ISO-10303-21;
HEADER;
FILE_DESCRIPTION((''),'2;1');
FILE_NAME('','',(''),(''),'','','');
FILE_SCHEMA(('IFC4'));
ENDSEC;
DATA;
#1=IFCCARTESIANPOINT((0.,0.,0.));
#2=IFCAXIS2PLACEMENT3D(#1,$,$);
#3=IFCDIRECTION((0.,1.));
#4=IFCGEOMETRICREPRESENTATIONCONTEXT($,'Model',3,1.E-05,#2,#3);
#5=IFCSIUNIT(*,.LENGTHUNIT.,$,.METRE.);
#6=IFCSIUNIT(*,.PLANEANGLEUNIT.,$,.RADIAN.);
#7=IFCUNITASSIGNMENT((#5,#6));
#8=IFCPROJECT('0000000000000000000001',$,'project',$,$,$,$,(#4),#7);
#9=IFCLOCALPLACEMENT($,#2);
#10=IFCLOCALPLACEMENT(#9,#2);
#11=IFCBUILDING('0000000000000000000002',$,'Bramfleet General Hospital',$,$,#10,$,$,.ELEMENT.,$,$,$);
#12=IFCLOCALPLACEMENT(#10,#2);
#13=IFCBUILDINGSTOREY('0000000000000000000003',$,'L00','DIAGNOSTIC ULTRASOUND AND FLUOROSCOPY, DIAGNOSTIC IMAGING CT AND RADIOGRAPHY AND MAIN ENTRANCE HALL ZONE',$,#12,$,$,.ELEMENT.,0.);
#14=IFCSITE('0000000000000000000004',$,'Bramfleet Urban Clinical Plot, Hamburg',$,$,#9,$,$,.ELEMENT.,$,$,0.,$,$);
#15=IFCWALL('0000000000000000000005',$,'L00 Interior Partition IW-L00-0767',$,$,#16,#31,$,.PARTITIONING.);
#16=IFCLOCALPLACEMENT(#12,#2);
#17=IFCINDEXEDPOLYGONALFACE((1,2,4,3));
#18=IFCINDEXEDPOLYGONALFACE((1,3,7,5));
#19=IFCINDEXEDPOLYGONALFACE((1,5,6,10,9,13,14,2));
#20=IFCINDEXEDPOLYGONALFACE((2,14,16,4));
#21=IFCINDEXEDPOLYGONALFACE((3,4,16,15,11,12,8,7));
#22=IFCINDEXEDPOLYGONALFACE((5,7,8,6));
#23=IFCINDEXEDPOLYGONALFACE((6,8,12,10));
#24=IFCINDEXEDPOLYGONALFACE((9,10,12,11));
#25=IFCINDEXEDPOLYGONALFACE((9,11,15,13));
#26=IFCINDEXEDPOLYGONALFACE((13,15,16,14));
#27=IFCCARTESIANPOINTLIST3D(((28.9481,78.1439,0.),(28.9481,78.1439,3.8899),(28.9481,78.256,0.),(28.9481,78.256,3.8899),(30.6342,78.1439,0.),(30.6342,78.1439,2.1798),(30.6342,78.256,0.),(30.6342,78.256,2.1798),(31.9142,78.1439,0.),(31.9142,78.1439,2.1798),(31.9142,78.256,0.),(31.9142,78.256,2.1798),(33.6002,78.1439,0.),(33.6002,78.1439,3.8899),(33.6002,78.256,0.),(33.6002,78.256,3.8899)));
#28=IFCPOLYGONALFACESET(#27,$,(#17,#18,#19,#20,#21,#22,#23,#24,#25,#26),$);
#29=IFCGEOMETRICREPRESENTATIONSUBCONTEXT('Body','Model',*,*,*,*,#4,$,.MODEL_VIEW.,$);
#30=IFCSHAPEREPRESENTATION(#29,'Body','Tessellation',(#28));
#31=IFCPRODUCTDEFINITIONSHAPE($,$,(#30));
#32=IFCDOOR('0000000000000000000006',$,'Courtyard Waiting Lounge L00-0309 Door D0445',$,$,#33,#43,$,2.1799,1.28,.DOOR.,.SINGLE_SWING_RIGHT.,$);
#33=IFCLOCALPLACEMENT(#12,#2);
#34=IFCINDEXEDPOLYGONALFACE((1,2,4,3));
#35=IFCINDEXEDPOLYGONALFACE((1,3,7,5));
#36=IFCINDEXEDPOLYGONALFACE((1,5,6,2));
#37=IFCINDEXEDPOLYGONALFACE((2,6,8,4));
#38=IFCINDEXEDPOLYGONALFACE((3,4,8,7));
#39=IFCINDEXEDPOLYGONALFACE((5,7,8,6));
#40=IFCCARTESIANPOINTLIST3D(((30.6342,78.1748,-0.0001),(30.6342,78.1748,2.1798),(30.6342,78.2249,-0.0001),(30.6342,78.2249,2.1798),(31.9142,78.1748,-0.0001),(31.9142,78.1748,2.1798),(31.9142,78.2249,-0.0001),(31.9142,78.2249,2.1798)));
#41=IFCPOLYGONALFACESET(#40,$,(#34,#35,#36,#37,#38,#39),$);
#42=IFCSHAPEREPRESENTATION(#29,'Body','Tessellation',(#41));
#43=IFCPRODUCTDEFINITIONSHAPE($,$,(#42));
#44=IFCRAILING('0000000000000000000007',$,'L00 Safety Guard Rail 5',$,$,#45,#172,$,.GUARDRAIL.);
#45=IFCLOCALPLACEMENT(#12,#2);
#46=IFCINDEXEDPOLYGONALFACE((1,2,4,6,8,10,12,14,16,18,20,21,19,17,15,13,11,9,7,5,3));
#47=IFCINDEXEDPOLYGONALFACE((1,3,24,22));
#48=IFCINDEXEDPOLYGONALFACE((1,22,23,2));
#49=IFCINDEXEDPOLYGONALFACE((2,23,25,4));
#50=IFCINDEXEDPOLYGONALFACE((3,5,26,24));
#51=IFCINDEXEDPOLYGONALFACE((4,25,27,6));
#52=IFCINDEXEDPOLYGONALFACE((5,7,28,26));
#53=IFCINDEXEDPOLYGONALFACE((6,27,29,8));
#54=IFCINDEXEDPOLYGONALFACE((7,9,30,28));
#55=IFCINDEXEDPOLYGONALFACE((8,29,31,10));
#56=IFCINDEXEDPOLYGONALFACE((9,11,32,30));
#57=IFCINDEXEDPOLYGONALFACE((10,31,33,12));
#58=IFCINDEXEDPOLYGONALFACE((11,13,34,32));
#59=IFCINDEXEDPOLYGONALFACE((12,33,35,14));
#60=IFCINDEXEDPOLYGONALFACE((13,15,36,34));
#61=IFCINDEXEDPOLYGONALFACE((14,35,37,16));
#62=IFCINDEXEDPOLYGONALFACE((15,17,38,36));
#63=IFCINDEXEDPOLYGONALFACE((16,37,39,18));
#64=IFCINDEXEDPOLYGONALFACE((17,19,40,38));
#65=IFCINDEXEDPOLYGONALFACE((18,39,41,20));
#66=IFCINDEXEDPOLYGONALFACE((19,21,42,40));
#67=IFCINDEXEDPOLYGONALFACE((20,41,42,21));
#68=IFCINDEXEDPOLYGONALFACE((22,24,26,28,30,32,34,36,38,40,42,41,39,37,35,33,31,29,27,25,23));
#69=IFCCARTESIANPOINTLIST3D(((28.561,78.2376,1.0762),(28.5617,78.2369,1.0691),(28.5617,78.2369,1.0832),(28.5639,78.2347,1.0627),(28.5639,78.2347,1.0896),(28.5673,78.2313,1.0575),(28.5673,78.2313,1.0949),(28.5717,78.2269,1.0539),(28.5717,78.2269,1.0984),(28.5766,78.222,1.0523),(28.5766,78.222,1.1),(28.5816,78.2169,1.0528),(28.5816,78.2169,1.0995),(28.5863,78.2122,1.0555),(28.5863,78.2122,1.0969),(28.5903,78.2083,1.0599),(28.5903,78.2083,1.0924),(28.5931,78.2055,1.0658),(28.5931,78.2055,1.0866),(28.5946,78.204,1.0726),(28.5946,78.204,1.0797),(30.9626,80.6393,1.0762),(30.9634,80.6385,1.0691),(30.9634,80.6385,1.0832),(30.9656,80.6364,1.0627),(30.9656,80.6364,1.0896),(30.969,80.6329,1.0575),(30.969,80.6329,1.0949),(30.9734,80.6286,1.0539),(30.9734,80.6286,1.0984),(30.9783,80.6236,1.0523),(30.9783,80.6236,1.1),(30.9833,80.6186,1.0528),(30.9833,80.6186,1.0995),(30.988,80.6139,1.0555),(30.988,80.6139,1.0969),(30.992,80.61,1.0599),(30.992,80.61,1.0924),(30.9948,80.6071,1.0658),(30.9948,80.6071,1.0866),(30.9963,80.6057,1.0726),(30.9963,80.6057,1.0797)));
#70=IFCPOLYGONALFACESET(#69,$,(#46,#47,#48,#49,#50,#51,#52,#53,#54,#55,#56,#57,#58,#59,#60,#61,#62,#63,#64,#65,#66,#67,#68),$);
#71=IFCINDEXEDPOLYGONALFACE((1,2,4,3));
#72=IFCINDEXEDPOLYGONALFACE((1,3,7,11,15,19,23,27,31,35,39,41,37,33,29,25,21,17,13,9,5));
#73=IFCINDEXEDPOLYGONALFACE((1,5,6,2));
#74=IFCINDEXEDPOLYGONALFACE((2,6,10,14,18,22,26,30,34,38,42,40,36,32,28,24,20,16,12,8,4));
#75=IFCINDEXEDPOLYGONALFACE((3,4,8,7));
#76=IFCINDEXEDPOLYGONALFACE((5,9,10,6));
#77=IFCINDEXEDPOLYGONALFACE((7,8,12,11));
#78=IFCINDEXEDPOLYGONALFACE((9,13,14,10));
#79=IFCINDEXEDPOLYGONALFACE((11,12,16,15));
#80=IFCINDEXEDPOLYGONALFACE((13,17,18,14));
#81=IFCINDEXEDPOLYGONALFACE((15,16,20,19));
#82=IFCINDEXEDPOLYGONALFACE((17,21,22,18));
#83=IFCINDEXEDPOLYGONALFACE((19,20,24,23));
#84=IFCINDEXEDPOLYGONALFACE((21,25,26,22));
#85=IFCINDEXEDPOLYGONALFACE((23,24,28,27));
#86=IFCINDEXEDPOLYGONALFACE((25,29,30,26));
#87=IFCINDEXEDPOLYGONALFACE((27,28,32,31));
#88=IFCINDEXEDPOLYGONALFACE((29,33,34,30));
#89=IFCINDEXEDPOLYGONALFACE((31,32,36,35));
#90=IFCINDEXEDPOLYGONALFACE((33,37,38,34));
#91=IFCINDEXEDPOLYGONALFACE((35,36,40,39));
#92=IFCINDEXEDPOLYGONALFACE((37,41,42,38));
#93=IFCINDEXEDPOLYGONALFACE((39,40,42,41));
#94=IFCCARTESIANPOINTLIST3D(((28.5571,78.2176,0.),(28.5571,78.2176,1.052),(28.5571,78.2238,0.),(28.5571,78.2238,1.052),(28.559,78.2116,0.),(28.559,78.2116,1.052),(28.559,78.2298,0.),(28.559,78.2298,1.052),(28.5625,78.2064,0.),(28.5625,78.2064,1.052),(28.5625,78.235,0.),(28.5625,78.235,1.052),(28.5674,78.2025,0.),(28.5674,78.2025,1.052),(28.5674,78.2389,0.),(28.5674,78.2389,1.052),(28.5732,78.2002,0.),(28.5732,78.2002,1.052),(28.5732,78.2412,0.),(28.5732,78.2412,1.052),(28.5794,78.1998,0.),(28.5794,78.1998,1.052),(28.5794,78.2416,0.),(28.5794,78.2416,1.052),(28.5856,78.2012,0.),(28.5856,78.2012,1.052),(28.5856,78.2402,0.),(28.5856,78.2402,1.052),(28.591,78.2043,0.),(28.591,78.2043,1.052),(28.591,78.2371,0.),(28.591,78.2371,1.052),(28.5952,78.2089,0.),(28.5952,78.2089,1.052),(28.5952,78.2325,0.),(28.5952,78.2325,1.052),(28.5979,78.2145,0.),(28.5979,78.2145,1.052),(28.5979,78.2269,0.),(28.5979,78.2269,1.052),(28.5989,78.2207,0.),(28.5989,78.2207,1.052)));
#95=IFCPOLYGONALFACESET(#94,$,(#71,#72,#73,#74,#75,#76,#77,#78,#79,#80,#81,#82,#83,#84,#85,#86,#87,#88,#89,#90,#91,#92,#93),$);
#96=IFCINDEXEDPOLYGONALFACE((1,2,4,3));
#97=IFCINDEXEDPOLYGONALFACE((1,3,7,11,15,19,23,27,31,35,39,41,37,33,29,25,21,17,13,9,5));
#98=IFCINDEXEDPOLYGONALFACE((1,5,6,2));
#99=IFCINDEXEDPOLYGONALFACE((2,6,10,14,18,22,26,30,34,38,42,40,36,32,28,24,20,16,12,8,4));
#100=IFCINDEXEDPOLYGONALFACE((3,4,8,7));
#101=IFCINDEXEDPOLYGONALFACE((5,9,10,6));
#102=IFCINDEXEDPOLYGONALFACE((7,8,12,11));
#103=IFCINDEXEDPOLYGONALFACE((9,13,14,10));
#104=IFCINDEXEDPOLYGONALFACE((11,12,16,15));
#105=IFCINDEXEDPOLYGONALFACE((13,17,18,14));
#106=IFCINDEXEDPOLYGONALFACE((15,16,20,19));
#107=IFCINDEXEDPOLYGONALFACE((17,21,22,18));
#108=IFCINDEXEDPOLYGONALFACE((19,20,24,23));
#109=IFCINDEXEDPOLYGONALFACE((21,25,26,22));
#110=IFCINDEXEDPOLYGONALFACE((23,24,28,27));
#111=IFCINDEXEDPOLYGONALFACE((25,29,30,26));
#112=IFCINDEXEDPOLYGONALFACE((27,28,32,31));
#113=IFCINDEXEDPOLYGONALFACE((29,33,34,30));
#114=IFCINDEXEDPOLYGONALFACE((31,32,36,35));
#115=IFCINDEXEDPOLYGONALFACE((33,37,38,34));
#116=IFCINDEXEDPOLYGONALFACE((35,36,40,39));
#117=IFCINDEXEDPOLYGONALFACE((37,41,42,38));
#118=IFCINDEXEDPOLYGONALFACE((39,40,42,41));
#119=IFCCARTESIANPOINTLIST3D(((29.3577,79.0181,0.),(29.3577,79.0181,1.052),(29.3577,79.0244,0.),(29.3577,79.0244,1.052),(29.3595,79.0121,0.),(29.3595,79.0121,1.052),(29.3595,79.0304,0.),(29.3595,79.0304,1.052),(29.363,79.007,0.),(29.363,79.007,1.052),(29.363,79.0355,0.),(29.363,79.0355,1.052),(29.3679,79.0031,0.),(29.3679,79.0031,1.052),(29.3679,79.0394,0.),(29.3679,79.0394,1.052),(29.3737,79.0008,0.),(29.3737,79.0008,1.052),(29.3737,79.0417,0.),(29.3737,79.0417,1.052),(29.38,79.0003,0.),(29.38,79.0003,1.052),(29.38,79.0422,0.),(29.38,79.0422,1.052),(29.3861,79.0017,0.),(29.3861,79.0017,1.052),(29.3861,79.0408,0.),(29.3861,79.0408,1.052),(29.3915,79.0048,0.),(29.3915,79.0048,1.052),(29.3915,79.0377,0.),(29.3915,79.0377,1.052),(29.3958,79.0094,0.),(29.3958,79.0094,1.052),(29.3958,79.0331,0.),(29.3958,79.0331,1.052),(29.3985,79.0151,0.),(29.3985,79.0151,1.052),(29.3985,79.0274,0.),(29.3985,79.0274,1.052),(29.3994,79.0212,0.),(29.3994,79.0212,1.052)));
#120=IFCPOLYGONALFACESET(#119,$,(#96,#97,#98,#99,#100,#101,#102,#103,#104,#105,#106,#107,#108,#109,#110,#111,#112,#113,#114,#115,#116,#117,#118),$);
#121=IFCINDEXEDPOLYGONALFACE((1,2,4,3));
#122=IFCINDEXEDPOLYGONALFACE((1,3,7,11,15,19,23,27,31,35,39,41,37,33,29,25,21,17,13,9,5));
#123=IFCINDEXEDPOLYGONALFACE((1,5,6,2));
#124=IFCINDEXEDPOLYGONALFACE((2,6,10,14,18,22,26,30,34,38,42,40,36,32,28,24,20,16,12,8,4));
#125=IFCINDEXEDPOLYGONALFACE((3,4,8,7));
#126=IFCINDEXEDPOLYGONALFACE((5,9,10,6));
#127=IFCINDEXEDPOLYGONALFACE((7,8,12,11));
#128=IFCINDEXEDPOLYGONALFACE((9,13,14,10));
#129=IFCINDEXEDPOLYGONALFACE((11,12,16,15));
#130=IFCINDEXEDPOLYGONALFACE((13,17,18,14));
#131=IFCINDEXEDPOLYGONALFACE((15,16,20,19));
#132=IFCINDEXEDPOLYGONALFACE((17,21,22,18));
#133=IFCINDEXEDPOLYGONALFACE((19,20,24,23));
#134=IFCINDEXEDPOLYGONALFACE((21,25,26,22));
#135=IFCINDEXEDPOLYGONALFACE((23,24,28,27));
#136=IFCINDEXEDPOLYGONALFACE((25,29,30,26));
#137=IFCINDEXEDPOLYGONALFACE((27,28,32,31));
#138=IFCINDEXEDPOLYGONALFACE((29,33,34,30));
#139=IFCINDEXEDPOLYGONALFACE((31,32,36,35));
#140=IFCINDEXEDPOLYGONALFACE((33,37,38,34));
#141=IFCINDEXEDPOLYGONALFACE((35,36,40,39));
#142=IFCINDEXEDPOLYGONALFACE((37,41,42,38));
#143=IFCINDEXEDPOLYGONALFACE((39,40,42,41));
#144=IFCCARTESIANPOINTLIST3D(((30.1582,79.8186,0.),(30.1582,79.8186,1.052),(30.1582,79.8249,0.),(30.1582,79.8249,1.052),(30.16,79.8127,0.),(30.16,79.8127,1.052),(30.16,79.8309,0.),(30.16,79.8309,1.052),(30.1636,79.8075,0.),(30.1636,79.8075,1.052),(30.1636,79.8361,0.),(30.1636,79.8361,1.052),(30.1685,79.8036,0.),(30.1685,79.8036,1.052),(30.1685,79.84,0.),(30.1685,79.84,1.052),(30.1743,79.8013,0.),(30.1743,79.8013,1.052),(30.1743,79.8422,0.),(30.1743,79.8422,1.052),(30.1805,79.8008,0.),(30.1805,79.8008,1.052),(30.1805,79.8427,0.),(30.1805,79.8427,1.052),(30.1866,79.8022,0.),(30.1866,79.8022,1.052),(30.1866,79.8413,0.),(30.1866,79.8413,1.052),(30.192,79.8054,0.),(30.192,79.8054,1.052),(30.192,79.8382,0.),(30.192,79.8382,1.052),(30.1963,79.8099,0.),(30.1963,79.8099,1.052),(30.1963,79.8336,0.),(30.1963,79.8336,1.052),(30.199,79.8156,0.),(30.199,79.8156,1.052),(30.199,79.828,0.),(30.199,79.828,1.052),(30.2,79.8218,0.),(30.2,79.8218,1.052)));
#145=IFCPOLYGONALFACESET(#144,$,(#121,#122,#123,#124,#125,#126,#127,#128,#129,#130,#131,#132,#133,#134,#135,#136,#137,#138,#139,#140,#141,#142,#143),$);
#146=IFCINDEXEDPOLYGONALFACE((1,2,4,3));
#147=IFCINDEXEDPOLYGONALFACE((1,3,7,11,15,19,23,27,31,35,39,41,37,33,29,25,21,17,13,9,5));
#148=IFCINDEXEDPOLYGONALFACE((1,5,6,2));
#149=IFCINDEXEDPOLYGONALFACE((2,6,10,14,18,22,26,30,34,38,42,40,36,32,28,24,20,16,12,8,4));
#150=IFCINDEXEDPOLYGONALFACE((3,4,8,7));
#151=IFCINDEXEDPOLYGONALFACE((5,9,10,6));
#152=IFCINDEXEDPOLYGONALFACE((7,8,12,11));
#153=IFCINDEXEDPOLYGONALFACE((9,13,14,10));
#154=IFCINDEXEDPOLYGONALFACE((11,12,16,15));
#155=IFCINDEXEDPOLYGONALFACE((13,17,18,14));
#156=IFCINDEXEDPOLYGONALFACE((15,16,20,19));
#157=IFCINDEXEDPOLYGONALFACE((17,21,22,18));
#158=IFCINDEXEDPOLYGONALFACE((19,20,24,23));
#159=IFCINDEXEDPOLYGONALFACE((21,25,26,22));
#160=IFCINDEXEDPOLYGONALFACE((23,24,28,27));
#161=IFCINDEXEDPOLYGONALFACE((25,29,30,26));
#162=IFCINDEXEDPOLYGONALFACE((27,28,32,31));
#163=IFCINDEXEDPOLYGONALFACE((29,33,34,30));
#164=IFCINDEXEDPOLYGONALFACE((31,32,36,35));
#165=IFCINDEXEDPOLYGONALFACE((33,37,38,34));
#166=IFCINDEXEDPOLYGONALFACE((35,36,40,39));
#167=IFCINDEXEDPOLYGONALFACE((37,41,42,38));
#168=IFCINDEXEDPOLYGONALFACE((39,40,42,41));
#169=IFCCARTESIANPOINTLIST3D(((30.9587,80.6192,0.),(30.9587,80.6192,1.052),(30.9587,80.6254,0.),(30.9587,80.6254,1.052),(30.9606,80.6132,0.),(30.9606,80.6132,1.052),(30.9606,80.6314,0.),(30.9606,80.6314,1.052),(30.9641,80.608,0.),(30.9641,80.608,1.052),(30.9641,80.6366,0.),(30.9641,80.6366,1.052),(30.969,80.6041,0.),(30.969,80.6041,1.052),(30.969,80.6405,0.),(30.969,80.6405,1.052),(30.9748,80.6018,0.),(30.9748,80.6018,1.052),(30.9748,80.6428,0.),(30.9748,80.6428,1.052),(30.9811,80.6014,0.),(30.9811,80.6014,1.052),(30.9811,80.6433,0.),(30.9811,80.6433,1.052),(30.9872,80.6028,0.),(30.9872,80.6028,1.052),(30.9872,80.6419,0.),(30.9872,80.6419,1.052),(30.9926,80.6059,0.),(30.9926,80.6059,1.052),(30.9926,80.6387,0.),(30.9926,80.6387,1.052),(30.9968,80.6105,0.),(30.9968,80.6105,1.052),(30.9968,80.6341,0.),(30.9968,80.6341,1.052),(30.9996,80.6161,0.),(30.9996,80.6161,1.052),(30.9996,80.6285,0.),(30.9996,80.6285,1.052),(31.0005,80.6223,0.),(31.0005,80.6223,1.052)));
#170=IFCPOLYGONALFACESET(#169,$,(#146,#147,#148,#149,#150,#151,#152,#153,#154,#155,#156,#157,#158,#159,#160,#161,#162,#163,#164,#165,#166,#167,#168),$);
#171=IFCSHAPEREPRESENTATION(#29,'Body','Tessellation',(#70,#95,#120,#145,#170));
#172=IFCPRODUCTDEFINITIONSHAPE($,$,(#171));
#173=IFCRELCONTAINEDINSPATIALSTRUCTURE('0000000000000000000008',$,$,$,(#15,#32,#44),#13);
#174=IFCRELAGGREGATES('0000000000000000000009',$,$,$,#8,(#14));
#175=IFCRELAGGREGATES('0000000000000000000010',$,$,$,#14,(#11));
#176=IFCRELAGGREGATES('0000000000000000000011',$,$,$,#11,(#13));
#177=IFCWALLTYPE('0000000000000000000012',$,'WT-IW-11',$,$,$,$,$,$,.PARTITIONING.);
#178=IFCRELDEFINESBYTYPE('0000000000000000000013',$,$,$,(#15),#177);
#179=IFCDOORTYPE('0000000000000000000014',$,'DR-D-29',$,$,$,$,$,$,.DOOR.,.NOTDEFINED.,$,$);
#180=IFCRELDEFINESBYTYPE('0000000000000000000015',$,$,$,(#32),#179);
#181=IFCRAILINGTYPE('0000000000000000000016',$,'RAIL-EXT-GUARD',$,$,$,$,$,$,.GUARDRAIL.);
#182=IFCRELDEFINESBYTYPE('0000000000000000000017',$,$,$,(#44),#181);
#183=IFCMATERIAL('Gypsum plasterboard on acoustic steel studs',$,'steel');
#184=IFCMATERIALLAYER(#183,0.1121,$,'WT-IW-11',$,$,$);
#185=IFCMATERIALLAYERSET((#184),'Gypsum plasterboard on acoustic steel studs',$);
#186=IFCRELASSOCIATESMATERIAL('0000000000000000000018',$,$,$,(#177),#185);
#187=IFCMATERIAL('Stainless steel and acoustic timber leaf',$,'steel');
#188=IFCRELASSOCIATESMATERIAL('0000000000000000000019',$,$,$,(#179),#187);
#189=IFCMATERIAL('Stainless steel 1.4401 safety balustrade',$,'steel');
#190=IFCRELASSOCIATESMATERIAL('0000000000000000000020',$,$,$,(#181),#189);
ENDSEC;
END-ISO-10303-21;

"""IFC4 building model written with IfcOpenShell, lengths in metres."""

from ifc_helpers import new_model, si_unit, direction, frame, frame_2d, origin, origin_2d, place, context, subcontext, project, spatial, rectangle, circle, extrude, material, layer, layer_set, type_object, element, fill, save


model = new_model("IFC4")

# Units and contexts
model_context = context("Model", 3, precision=1e-05, world=origin(), true_north=direction((0.0, 1.0)))
body_context = subcontext(model_context, "Body", "Model", "MODEL_VIEW")
ifc_project = project(units=[si_unit("LENGTHUNIT", "METRE"), si_unit("PLANEANGLEUNIT", "RADIAN")], contexts=[model_context])

# Site, building, storey
site_placement = place(None, origin())
site = spatial("IfcSite", under=ifc_project, at=site_placement, Name="Bramfleet Urban Clinical Plot, Hamburg", CompositionType="ELEMENT", RefElevation=0.0)
building_placement = place(site_placement, origin())
building = spatial("IfcBuilding", under=site, at=building_placement, Name="Bramfleet General Hospital", CompositionType="ELEMENT")
storey_placement = place(building_placement, origin())
storey = spatial("IfcBuildingStorey", under=building, at=storey_placement, Name="L00", Description="DIAGNOSTIC ULTRASOUND AND FLUOROSCOPY, DIAGNOSTIC IMAGING CT AND RADIOGRAPHY AND MAIN ENTRANCE HALL ZONE", CompositionType="ELEMENT", Elevation=0.0)

# Shared definitions
ifc_material_1 = material(Name="Gypsum plasterboard on acoustic steel studs", Category="steel")

# Wall, opening, door
ifc_layer_1 = layer(ifc_material_1, 0.1121, Name="WT-IW-11")
ifc_layer_set_1 = layer_set([ifc_layer_1], Name="Gypsum plasterboard on acoustic steel studs")
wall_type_1 = type_object("IfcWallType", Name="WT-IW-11", PredefinedType="PARTITIONING", material=ifc_layer_set_1)
wall_1_placement = place(storey_placement, frame((28.948, 78.2, 0.0), z_axis=(0.0, 0.0, 1.0), x_axis=(1.0, 0.0, 0.0)))
wall_1 = element("IfcWall", 1, at=wall_1_placement, inside=storey, type_object=wall_type_1, Name="L00 Interior Partition IW-L00-0767", PredefinedType="PARTITIONING", context=body_context, shape_type="SweptSolid", body=[
    extrude(rectangle(XDim=4.6521, YDim=0.1121, at=frame_2d((2.3262, 0.0))), origin(), (0.0, 0.0, 1.0), 3.8899),
])
opening_placement = place(wall_1_placement, frame((1.686, 0.0, 0.0)))
opening = element("IfcOpeningElement", 2, at=opening_placement, cuts=wall_1, PredefinedType="OPENING", context=body_context, shape_type="SweptSolid", body=[
    extrude(rectangle(XDim=1.28, YDim=2.1799, at=frame_2d((0.6401, 1.0898))), frame((0.0, 0.0659, 0.0), z_axis=(0.0, -1.0, 0.0), x_axis=(1.0, 0.0, 0.0)), (0.0, 0.0, 1.0), 0.1321),
])
ifc_material_2 = material(Name="Stainless steel and acoustic timber leaf", Category="steel")
door_type = type_object("IfcDoorType", Name="DR-D-29", OperationType="NOTDEFINED", PredefinedType="DOOR", material=ifc_material_2)
door_placement = place(opening_placement, origin())
door = element("IfcDoor", 3, at=door_placement, inside=storey, type_object=door_type, Name="Courtyard Waiting Lounge L00-0309 Door D0445", OperationType="SINGLE_SWING_RIGHT", OverallHeight=2.1799, OverallWidth=1.28, PredefinedType="DOOR", context=body_context, shape_type="SweptSolid", body=[
    extrude(rectangle(XDim=1.28, YDim=2.1799, at=frame_2d((0.6401, 1.0898))), frame((0.0, 0.0249, 0.0), z_axis=(0.0, -1.0, 0.0), x_axis=(1.0, 0.0, 0.0)), (0.0, 0.0, 1.0), 0.05),
])
fill(opening, door)

# Railing
ifc_material_3 = material(Name="Stainless steel 1.4401 safety balustrade", Category="steel")
railing_type = type_object("IfcRailingType", Name="RAIL-EXT-GUARD", PredefinedType="GUARDRAIL", material=ifc_material_3)
railing_placement = place(storey_placement, frame((28.5779, 78.2207, 0.0)))
element("IfcRailing", 4, at=railing_placement, inside=storey, type_object=railing_type, Name="L00 Safety Guard Rail 5", PredefinedType="GUARDRAIL", context=body_context, shape_type="SweptSolid", body=[
    extrude(circle(Radius=0.0239, at=origin_2d()), frame((0.0, 0.0, 1.0762), z_axis=(0.707107, 0.707107, 0.0), x_axis=(-0.707107, 0.707107, 0.0)), (0.0, 0.0, 1.0), 3.3965),
    extrude(circle(Radius=0.021, at=origin_2d()), origin(), (0.0, 0.0, 1.0), 1.052),
    extrude(circle(Radius=0.021, at=origin_2d()), frame((0.8005, 0.8005, 0.0)), (0.0, 0.0, 1.0), 1.052),
    extrude(circle(Radius=0.021, at=origin_2d()), frame((1.6011, 1.6011, 0.0)), (0.0, 0.0, 1.0), 1.052),
    extrude(circle(Radius=0.021, at=origin_2d()), frame((2.4016, 2.4016, 0.0)), (0.0, 0.0, 1.0), 1.052),
])

save(model, "model.ifc")
